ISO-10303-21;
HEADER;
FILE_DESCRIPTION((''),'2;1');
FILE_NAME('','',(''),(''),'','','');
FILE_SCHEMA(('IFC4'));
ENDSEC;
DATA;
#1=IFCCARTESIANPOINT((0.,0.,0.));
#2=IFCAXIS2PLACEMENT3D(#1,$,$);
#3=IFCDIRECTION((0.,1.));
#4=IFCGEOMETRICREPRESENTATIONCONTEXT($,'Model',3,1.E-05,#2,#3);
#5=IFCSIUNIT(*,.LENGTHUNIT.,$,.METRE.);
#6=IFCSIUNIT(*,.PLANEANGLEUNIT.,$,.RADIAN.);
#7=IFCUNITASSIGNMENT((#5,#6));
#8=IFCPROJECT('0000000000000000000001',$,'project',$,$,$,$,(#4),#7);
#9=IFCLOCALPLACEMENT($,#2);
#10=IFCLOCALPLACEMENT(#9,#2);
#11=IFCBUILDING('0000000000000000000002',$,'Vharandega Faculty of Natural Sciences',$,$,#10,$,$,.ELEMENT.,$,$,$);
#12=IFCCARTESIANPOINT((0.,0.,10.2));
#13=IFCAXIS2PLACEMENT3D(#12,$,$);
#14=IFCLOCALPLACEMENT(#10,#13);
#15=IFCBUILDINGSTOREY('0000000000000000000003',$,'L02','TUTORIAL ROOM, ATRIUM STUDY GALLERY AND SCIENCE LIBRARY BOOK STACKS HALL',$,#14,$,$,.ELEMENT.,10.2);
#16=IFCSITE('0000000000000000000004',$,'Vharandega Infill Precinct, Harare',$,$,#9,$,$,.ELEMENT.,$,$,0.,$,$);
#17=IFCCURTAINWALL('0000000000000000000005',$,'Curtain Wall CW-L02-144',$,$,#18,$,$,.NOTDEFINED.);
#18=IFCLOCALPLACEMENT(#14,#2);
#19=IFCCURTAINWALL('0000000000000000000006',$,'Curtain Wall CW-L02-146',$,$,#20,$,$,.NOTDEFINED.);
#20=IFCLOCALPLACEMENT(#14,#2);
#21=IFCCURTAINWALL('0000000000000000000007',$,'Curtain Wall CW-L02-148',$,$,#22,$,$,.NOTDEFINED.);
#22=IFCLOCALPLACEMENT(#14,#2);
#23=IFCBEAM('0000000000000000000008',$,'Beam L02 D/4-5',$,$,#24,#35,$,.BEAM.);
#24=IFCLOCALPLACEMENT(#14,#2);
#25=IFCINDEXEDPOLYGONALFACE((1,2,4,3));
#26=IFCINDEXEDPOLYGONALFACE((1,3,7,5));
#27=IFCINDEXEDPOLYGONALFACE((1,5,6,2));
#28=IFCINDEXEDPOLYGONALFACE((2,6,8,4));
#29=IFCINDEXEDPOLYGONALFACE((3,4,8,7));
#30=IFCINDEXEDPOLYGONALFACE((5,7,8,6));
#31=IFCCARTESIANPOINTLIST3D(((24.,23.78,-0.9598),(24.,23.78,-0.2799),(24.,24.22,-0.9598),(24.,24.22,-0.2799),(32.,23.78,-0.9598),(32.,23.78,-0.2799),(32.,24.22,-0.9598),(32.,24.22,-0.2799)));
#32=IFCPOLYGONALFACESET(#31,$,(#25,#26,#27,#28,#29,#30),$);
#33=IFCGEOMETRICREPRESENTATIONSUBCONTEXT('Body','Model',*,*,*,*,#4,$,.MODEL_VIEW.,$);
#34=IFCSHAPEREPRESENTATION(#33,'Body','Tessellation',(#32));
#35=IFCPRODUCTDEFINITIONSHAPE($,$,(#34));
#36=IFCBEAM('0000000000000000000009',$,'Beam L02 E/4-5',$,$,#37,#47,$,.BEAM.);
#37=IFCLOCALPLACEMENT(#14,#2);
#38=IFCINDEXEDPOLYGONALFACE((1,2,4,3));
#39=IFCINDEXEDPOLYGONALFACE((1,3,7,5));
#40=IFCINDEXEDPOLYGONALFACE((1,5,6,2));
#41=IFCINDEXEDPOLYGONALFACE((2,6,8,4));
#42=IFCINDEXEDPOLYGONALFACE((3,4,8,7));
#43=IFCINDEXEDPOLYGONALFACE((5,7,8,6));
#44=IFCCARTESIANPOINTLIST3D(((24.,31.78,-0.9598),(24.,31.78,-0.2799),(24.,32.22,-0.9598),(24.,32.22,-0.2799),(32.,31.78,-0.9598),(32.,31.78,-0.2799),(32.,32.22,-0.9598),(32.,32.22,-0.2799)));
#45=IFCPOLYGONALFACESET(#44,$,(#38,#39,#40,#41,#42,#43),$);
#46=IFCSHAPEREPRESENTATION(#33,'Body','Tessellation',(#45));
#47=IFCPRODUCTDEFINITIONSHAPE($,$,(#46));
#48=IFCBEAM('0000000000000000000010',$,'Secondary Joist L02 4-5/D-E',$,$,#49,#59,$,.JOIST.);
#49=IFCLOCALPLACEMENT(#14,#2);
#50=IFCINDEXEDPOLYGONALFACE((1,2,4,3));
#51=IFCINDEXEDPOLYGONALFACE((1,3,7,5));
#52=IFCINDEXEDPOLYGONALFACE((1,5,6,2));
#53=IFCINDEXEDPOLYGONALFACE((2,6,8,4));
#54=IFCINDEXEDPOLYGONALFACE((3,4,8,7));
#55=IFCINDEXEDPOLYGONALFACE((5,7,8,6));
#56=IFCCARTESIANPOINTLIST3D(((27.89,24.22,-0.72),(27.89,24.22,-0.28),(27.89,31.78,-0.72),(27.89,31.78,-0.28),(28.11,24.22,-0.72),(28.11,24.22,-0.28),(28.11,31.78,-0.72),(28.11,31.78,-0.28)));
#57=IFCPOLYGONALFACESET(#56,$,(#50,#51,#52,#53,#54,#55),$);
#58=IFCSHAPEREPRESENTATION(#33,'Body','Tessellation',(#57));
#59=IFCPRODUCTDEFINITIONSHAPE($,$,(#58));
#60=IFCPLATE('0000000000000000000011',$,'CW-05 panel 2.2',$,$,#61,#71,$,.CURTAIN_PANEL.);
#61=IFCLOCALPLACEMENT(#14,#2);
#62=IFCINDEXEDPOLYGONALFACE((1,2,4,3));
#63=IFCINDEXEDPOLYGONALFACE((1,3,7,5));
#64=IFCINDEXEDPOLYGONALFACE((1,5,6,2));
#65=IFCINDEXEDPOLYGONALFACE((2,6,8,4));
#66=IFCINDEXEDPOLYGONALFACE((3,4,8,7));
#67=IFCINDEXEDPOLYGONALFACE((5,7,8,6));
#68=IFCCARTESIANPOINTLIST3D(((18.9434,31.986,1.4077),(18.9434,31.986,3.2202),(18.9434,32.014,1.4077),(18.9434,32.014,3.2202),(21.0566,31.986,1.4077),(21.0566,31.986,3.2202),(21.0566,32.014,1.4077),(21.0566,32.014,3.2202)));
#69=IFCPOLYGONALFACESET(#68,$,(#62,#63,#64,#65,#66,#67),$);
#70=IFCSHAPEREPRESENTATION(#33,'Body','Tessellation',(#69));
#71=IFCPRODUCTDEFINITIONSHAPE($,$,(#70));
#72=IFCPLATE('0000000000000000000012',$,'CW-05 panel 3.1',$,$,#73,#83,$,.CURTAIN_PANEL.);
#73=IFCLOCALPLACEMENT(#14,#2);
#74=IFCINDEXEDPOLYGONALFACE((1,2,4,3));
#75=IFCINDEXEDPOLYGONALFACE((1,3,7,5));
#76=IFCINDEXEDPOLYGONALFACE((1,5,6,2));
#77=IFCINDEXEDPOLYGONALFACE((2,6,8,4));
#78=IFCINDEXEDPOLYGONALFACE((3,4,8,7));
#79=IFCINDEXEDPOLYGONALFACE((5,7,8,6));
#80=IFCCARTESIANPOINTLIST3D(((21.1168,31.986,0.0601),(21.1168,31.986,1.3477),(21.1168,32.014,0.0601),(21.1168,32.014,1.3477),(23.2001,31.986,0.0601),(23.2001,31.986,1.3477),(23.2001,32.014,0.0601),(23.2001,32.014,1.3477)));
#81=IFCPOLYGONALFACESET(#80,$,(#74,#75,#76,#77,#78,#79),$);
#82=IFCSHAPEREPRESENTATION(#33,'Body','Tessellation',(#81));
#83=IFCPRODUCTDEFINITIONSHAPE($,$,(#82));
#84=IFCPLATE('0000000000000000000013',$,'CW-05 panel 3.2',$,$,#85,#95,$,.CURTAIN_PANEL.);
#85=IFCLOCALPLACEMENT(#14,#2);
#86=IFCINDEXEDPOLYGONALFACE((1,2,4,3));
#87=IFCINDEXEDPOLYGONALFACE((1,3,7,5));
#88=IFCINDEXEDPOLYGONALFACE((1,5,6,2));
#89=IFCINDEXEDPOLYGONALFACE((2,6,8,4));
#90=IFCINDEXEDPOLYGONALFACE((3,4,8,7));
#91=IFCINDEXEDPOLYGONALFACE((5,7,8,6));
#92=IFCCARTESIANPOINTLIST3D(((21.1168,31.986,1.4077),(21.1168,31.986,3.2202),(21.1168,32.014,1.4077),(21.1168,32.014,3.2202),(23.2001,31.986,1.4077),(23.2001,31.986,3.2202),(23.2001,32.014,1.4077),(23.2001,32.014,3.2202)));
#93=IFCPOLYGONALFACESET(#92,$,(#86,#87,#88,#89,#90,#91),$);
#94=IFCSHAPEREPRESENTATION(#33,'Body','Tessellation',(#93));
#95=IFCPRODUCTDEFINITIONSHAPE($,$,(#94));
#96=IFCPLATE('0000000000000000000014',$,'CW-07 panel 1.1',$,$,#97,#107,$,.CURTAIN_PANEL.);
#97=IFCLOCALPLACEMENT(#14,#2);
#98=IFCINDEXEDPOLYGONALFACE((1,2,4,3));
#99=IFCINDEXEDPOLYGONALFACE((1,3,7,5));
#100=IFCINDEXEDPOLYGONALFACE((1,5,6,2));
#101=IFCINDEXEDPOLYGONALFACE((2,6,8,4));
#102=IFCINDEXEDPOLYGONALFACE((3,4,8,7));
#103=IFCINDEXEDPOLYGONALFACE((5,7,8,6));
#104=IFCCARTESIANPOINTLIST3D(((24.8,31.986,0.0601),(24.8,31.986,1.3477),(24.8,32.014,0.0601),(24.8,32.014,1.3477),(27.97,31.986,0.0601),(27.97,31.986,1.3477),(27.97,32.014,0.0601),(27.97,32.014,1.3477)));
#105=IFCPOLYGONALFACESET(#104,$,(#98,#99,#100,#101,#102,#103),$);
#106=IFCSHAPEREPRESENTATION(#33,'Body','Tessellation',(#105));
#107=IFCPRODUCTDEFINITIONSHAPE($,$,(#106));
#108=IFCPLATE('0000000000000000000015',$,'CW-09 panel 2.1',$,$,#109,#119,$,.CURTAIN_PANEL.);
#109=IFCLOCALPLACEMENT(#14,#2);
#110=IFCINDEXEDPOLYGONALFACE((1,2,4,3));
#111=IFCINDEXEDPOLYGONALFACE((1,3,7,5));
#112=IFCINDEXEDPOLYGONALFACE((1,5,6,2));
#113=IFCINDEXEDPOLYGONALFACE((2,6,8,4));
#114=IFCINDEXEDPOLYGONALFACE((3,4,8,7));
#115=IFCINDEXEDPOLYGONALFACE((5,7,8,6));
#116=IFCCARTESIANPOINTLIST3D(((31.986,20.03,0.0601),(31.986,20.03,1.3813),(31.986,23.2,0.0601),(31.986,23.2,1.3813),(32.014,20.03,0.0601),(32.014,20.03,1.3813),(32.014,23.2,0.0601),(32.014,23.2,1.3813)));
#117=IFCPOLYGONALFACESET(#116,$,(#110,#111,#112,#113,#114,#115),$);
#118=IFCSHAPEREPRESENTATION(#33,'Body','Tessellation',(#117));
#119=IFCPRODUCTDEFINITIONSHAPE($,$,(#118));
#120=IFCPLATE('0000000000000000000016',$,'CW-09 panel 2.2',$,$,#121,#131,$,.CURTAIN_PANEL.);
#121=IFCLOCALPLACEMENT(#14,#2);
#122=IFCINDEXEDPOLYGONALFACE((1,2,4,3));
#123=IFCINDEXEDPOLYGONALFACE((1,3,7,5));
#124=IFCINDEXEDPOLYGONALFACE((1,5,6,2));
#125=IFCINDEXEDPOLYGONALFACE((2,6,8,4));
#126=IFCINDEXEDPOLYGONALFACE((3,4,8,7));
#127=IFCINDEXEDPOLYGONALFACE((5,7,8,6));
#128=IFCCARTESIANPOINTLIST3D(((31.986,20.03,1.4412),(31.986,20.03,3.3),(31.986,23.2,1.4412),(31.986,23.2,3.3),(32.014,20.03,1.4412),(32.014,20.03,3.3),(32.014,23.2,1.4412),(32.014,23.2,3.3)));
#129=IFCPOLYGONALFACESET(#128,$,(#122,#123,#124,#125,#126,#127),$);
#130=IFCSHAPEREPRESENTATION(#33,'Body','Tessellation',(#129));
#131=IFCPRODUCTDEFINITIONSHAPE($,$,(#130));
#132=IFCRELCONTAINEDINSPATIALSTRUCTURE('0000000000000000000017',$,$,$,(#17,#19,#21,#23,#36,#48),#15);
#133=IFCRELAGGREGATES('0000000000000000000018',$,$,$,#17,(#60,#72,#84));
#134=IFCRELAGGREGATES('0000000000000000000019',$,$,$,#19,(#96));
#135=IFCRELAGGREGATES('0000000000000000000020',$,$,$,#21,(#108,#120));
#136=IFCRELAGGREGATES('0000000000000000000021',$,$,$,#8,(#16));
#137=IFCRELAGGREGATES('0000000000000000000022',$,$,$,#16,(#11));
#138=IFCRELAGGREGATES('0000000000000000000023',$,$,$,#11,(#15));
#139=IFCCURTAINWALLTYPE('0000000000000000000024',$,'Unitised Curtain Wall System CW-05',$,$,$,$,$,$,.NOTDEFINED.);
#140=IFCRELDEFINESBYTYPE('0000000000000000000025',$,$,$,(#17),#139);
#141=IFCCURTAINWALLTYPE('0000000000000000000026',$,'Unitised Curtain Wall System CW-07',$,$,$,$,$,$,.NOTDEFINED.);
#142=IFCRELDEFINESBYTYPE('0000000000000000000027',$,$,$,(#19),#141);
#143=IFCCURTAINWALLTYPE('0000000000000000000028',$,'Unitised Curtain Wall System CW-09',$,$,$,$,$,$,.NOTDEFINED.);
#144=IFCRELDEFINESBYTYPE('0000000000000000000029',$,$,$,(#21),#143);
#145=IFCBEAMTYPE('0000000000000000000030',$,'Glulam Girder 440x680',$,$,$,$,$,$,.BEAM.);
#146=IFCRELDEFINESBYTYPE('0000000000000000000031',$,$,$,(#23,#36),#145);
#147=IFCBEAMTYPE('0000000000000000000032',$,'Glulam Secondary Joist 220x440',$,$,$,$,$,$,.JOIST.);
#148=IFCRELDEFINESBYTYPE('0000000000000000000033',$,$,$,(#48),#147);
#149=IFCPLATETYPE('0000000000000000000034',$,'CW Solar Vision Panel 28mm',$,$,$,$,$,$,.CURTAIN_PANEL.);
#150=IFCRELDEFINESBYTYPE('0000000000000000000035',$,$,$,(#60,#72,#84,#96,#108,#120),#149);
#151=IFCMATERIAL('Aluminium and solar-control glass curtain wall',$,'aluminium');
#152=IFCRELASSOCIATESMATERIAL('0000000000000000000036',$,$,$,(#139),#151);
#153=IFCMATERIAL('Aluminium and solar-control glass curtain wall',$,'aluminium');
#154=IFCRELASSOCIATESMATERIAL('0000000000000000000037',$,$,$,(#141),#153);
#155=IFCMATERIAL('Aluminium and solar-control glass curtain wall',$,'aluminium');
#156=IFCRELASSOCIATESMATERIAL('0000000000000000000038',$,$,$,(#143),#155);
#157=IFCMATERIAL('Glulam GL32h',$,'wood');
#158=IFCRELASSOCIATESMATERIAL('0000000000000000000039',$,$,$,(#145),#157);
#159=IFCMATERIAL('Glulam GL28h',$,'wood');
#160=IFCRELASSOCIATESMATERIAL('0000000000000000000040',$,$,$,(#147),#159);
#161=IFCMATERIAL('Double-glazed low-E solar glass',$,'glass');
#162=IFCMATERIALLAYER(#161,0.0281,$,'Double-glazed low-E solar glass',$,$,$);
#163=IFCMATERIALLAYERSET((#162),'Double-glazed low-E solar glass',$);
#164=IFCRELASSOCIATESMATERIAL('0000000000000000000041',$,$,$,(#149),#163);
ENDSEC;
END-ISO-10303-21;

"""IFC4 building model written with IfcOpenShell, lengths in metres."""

from ifc_helpers import new_model, si_unit, direction, frame, origin, origin_2d, place, context, subcontext, project, spatial, rectangle, extrude, material, layer, layer_set, material_profile, profile_set, type_object, element, aggregate, save


model = new_model("IFC4")

# Units and contexts
model_context = context("Model", 3, precision=1e-05, world=origin(), true_north=direction((0.0, 1.0)))
body_context = subcontext(model_context, "Body", "Model", "MODEL_VIEW")
ifc_project = project(units=[si_unit("LENGTHUNIT", "METRE"), si_unit("PLANEANGLEUNIT", "RADIAN")], contexts=[model_context])

# Site, building, storey
site_placement = place(None, origin())
site = spatial("IfcSite", under=ifc_project, at=site_placement, Name="Vharandega Infill Precinct, Harare", CompositionType="ELEMENT", RefElevation=0.0)
building_placement = place(site_placement, origin())
building = spatial("IfcBuilding", under=site, at=building_placement, Name="Vharandega Faculty of Natural Sciences", CompositionType="ELEMENT")
storey_placement = place(building_placement, frame((0.0, 0.0, 10.2)))
storey = spatial("IfcBuildingStorey", under=building, at=storey_placement, Name="L02", Description="TUTORIAL ROOM, ATRIUM STUDY GALLERY AND SCIENCE LIBRARY BOOK STACKS HALL", CompositionType="ELEMENT", Elevation=10.2)

# Curtain wall
ifc_material_1 = material(Name="Aluminium and solar-control glass curtain wall", Category="aluminium")
curtain_wall_type_1 = type_object("IfcCurtainWallType", Name="Unitised Curtain Wall System CW-05", PredefinedType="NOTDEFINED", material=ifc_material_1)
curtain_wall_1_placement = place(storey_placement, origin())
curtain_wall_1 = element("IfcCurtainWall", 1, at=curtain_wall_1_placement, inside=storey, type_object=curtain_wall_type_1, Name="Curtain Wall CW-L02-144", PredefinedType="NOTDEFINED")

# Curtain walls
ifc_material_2 = material(Name="Aluminium and solar-control glass curtain wall", Category="aluminium")
curtain_wall_type_2 = type_object("IfcCurtainWallType", Name="Unitised Curtain Wall System CW-07", PredefinedType="NOTDEFINED", material=ifc_material_2)
curtain_wall_2_placement = place(storey_placement, origin())
curtain_wall_2 = element("IfcCurtainWall", 2, at=curtain_wall_2_placement, inside=storey, type_object=curtain_wall_type_2, Name="Curtain Wall CW-L02-146", PredefinedType="NOTDEFINED")
ifc_material_3 = material(Name="Aluminium and solar-control glass curtain wall", Category="aluminium")
curtain_wall_type_3 = type_object("IfcCurtainWallType", Name="Unitised Curtain Wall System CW-09", PredefinedType="NOTDEFINED", material=ifc_material_3)
curtain_wall_3_placement = place(storey_placement, origin())
curtain_wall_3 = element("IfcCurtainWall", 3, at=curtain_wall_3_placement, inside=storey, type_object=curtain_wall_type_3, Name="Curtain Wall CW-L02-148", PredefinedType="NOTDEFINED")

# Beams
ifc_material_4 = material(Name="Glulam GL32h", Category="wood")
ifc_material_profile_1 = material_profile(ifc_material_4, rectangle(XDim=0.4399, YDim=0.6799, at=origin_2d()), Name="GL32h 440x680")
ifc_profile_set_1 = profile_set([ifc_material_profile_1], Name="Glulam GL32h")
beam_type_1 = type_object("IfcBeamType", Name="Glulam Girder 440x680", PredefinedType="BEAM", material=ifc_profile_set_1)
for number, where, z_axis, x_axis, name in (
    (4, (24.0, 24.0, -0.6199), (1.0, 0.0, 0.0), (0.0, 1.0, 0.0), "Beam L02 D/4-5"),
    (5, (24.0, 32.0, -0.6199), (1.0, 0.0, 0.0), (0.0, 1.0, 0.0), "Beam L02 E/4-5"),
):
    element("IfcBeam", number, at=place(storey_placement, frame(where, z_axis=z_axis, x_axis=x_axis)), inside=storey, type_object=beam_type_1, Name=name, PredefinedType="BEAM", context=body_context, shape_type="SweptSolid", body=[
        extrude(rectangle(XDim=0.4399, YDim=0.6799, at=origin_2d()), origin(), (0.0, 0.0, 1.0), 8.0),
    ])
ifc_material_5 = material(Name="Glulam GL28h", Category="wood")
ifc_material_profile_2 = material_profile(ifc_material_5, rectangle(XDim=0.22, YDim=0.4399, at=origin_2d()), Name="GL28h 220x440")
ifc_profile_set_2 = profile_set([ifc_material_profile_2], Name="Glulam GL28h")
beam_type_2 = type_object("IfcBeamType", Name="Glulam Secondary Joist 220x440", PredefinedType="JOIST", material=ifc_profile_set_2)
beam_placement = place(storey_placement, frame((28.0, 24.22, -0.5), z_axis=(0.0, 1.0, 0.0), x_axis=(-1.0, 0.0, 0.0)))
element("IfcBeam", 6, at=beam_placement, inside=storey, type_object=beam_type_2, Name="Secondary Joist L02 4-5/D-E", PredefinedType="JOIST", context=body_context, shape_type="SweptSolid", body=[
    extrude(rectangle(XDim=0.22, YDim=0.4399, at=origin_2d()), origin(), (0.0, 0.0, 1.0), 7.5601),
])

# Plates
ifc_material_6 = material(Name="Double-glazed low-E solar glass", Category="glass")
ifc_layer = layer(ifc_material_6, 0.0281, Name="Double-glazed low-E solar glass")
ifc_layer_set = layer_set([ifc_layer], Name="Double-glazed low-E solar glass")
plate_type = type_object("IfcPlateType", Name="CW Solar Vision Panel 28mm", PredefinedType="CURTAIN_PANEL", material=ifc_layer_set)
plate_1_placement = place(storey_placement, frame((20.0, 32.0, 1.4077), z_axis=(0.0, 0.0, 1.0), x_axis=(1.0, 0.0, 0.0)))
plate_1 = element("IfcPlate", 7, at=plate_1_placement, type_object=plate_type, Name="CW-05 panel 2.2", PredefinedType="CURTAIN_PANEL", context=body_context, shape_type="SweptSolid", body=[
    extrude(rectangle(XDim=2.1133, YDim=0.0281, at=origin_2d()), origin(), (0.0, 0.0, 1.0), 1.8125),
])
plate_2_placement = place(storey_placement, frame((22.1584, 32.0, 0.0601), z_axis=(0.0, 0.0, 1.0), x_axis=(1.0, 0.0, 0.0)))
plate_2 = element("IfcPlate", 8, at=plate_2_placement, type_object=plate_type, Name="CW-05 panel 3.1", PredefinedType="CURTAIN_PANEL", context=body_context, shape_type="SweptSolid", body=[
    extrude(rectangle(XDim=2.0833, YDim=0.0281, at=origin_2d()), origin(), (0.0, 0.0, 1.0), 1.2876),
])
plate_3_placement = place(storey_placement, frame((22.1584, 32.0, 1.4077), z_axis=(0.0, 0.0, 1.0), x_axis=(1.0, 0.0, 0.0)))
plate_3 = element("IfcPlate", 9, at=plate_3_placement, type_object=plate_type, Name="CW-05 panel 3.2", PredefinedType="CURTAIN_PANEL", context=body_context, shape_type="SweptSolid", body=[
    extrude(rectangle(XDim=2.0833, YDim=0.0281, at=origin_2d()), origin(), (0.0, 0.0, 1.0), 1.8125),
])
aggregate(curtain_wall_1, [plate_1, plate_2, plate_3])
plate_4_placement = place(storey_placement, frame((26.385, 32.0, 0.0601), z_axis=(0.0, 0.0, 1.0), x_axis=(1.0, 0.0, 0.0)))
plate_4 = element("IfcPlate", 10, at=plate_4_placement, type_object=plate_type, Name="CW-07 panel 1.1", PredefinedType="CURTAIN_PANEL", context=body_context, shape_type="SweptSolid", body=[
    extrude(rectangle(XDim=3.1699, YDim=0.0281, at=origin_2d()), origin(), (0.0, 0.0, 1.0), 1.2876),
])
aggregate(curtain_wall_2, [plate_4])
plate_5_placement = place(storey_placement, frame((32.0, 21.615, 0.0601), z_axis=(0.0, 0.0, 1.0), x_axis=(0.0, 1.0, 0.0)))
plate_5 = element("IfcPlate", 11, at=plate_5_placement, type_object=plate_type, Name="CW-09 panel 2.1", PredefinedType="CURTAIN_PANEL", context=body_context, shape_type="SweptSolid", body=[
    extrude(rectangle(XDim=3.1699, YDim=0.0281, at=origin_2d()), origin(), (0.0, 0.0, 1.0), 1.3213),
])
plate_6_placement = place(storey_placement, frame((32.0, 21.615, 1.4412), z_axis=(0.0, 0.0, 1.0), x_axis=(0.0, 1.0, 0.0)))
plate_6 = element("IfcPlate", 12, at=plate_6_placement, type_object=plate_type, Name="CW-09 panel 2.2", PredefinedType="CURTAIN_PANEL", context=body_context, shape_type="SweptSolid", body=[
    extrude(rectangle(XDim=3.1699, YDim=0.0281, at=origin_2d()), origin(), (0.0, 0.0, 1.0), 1.8589),
])
aggregate(curtain_wall_3, [plate_5, plate_6])

save(model, "model.ifc")
